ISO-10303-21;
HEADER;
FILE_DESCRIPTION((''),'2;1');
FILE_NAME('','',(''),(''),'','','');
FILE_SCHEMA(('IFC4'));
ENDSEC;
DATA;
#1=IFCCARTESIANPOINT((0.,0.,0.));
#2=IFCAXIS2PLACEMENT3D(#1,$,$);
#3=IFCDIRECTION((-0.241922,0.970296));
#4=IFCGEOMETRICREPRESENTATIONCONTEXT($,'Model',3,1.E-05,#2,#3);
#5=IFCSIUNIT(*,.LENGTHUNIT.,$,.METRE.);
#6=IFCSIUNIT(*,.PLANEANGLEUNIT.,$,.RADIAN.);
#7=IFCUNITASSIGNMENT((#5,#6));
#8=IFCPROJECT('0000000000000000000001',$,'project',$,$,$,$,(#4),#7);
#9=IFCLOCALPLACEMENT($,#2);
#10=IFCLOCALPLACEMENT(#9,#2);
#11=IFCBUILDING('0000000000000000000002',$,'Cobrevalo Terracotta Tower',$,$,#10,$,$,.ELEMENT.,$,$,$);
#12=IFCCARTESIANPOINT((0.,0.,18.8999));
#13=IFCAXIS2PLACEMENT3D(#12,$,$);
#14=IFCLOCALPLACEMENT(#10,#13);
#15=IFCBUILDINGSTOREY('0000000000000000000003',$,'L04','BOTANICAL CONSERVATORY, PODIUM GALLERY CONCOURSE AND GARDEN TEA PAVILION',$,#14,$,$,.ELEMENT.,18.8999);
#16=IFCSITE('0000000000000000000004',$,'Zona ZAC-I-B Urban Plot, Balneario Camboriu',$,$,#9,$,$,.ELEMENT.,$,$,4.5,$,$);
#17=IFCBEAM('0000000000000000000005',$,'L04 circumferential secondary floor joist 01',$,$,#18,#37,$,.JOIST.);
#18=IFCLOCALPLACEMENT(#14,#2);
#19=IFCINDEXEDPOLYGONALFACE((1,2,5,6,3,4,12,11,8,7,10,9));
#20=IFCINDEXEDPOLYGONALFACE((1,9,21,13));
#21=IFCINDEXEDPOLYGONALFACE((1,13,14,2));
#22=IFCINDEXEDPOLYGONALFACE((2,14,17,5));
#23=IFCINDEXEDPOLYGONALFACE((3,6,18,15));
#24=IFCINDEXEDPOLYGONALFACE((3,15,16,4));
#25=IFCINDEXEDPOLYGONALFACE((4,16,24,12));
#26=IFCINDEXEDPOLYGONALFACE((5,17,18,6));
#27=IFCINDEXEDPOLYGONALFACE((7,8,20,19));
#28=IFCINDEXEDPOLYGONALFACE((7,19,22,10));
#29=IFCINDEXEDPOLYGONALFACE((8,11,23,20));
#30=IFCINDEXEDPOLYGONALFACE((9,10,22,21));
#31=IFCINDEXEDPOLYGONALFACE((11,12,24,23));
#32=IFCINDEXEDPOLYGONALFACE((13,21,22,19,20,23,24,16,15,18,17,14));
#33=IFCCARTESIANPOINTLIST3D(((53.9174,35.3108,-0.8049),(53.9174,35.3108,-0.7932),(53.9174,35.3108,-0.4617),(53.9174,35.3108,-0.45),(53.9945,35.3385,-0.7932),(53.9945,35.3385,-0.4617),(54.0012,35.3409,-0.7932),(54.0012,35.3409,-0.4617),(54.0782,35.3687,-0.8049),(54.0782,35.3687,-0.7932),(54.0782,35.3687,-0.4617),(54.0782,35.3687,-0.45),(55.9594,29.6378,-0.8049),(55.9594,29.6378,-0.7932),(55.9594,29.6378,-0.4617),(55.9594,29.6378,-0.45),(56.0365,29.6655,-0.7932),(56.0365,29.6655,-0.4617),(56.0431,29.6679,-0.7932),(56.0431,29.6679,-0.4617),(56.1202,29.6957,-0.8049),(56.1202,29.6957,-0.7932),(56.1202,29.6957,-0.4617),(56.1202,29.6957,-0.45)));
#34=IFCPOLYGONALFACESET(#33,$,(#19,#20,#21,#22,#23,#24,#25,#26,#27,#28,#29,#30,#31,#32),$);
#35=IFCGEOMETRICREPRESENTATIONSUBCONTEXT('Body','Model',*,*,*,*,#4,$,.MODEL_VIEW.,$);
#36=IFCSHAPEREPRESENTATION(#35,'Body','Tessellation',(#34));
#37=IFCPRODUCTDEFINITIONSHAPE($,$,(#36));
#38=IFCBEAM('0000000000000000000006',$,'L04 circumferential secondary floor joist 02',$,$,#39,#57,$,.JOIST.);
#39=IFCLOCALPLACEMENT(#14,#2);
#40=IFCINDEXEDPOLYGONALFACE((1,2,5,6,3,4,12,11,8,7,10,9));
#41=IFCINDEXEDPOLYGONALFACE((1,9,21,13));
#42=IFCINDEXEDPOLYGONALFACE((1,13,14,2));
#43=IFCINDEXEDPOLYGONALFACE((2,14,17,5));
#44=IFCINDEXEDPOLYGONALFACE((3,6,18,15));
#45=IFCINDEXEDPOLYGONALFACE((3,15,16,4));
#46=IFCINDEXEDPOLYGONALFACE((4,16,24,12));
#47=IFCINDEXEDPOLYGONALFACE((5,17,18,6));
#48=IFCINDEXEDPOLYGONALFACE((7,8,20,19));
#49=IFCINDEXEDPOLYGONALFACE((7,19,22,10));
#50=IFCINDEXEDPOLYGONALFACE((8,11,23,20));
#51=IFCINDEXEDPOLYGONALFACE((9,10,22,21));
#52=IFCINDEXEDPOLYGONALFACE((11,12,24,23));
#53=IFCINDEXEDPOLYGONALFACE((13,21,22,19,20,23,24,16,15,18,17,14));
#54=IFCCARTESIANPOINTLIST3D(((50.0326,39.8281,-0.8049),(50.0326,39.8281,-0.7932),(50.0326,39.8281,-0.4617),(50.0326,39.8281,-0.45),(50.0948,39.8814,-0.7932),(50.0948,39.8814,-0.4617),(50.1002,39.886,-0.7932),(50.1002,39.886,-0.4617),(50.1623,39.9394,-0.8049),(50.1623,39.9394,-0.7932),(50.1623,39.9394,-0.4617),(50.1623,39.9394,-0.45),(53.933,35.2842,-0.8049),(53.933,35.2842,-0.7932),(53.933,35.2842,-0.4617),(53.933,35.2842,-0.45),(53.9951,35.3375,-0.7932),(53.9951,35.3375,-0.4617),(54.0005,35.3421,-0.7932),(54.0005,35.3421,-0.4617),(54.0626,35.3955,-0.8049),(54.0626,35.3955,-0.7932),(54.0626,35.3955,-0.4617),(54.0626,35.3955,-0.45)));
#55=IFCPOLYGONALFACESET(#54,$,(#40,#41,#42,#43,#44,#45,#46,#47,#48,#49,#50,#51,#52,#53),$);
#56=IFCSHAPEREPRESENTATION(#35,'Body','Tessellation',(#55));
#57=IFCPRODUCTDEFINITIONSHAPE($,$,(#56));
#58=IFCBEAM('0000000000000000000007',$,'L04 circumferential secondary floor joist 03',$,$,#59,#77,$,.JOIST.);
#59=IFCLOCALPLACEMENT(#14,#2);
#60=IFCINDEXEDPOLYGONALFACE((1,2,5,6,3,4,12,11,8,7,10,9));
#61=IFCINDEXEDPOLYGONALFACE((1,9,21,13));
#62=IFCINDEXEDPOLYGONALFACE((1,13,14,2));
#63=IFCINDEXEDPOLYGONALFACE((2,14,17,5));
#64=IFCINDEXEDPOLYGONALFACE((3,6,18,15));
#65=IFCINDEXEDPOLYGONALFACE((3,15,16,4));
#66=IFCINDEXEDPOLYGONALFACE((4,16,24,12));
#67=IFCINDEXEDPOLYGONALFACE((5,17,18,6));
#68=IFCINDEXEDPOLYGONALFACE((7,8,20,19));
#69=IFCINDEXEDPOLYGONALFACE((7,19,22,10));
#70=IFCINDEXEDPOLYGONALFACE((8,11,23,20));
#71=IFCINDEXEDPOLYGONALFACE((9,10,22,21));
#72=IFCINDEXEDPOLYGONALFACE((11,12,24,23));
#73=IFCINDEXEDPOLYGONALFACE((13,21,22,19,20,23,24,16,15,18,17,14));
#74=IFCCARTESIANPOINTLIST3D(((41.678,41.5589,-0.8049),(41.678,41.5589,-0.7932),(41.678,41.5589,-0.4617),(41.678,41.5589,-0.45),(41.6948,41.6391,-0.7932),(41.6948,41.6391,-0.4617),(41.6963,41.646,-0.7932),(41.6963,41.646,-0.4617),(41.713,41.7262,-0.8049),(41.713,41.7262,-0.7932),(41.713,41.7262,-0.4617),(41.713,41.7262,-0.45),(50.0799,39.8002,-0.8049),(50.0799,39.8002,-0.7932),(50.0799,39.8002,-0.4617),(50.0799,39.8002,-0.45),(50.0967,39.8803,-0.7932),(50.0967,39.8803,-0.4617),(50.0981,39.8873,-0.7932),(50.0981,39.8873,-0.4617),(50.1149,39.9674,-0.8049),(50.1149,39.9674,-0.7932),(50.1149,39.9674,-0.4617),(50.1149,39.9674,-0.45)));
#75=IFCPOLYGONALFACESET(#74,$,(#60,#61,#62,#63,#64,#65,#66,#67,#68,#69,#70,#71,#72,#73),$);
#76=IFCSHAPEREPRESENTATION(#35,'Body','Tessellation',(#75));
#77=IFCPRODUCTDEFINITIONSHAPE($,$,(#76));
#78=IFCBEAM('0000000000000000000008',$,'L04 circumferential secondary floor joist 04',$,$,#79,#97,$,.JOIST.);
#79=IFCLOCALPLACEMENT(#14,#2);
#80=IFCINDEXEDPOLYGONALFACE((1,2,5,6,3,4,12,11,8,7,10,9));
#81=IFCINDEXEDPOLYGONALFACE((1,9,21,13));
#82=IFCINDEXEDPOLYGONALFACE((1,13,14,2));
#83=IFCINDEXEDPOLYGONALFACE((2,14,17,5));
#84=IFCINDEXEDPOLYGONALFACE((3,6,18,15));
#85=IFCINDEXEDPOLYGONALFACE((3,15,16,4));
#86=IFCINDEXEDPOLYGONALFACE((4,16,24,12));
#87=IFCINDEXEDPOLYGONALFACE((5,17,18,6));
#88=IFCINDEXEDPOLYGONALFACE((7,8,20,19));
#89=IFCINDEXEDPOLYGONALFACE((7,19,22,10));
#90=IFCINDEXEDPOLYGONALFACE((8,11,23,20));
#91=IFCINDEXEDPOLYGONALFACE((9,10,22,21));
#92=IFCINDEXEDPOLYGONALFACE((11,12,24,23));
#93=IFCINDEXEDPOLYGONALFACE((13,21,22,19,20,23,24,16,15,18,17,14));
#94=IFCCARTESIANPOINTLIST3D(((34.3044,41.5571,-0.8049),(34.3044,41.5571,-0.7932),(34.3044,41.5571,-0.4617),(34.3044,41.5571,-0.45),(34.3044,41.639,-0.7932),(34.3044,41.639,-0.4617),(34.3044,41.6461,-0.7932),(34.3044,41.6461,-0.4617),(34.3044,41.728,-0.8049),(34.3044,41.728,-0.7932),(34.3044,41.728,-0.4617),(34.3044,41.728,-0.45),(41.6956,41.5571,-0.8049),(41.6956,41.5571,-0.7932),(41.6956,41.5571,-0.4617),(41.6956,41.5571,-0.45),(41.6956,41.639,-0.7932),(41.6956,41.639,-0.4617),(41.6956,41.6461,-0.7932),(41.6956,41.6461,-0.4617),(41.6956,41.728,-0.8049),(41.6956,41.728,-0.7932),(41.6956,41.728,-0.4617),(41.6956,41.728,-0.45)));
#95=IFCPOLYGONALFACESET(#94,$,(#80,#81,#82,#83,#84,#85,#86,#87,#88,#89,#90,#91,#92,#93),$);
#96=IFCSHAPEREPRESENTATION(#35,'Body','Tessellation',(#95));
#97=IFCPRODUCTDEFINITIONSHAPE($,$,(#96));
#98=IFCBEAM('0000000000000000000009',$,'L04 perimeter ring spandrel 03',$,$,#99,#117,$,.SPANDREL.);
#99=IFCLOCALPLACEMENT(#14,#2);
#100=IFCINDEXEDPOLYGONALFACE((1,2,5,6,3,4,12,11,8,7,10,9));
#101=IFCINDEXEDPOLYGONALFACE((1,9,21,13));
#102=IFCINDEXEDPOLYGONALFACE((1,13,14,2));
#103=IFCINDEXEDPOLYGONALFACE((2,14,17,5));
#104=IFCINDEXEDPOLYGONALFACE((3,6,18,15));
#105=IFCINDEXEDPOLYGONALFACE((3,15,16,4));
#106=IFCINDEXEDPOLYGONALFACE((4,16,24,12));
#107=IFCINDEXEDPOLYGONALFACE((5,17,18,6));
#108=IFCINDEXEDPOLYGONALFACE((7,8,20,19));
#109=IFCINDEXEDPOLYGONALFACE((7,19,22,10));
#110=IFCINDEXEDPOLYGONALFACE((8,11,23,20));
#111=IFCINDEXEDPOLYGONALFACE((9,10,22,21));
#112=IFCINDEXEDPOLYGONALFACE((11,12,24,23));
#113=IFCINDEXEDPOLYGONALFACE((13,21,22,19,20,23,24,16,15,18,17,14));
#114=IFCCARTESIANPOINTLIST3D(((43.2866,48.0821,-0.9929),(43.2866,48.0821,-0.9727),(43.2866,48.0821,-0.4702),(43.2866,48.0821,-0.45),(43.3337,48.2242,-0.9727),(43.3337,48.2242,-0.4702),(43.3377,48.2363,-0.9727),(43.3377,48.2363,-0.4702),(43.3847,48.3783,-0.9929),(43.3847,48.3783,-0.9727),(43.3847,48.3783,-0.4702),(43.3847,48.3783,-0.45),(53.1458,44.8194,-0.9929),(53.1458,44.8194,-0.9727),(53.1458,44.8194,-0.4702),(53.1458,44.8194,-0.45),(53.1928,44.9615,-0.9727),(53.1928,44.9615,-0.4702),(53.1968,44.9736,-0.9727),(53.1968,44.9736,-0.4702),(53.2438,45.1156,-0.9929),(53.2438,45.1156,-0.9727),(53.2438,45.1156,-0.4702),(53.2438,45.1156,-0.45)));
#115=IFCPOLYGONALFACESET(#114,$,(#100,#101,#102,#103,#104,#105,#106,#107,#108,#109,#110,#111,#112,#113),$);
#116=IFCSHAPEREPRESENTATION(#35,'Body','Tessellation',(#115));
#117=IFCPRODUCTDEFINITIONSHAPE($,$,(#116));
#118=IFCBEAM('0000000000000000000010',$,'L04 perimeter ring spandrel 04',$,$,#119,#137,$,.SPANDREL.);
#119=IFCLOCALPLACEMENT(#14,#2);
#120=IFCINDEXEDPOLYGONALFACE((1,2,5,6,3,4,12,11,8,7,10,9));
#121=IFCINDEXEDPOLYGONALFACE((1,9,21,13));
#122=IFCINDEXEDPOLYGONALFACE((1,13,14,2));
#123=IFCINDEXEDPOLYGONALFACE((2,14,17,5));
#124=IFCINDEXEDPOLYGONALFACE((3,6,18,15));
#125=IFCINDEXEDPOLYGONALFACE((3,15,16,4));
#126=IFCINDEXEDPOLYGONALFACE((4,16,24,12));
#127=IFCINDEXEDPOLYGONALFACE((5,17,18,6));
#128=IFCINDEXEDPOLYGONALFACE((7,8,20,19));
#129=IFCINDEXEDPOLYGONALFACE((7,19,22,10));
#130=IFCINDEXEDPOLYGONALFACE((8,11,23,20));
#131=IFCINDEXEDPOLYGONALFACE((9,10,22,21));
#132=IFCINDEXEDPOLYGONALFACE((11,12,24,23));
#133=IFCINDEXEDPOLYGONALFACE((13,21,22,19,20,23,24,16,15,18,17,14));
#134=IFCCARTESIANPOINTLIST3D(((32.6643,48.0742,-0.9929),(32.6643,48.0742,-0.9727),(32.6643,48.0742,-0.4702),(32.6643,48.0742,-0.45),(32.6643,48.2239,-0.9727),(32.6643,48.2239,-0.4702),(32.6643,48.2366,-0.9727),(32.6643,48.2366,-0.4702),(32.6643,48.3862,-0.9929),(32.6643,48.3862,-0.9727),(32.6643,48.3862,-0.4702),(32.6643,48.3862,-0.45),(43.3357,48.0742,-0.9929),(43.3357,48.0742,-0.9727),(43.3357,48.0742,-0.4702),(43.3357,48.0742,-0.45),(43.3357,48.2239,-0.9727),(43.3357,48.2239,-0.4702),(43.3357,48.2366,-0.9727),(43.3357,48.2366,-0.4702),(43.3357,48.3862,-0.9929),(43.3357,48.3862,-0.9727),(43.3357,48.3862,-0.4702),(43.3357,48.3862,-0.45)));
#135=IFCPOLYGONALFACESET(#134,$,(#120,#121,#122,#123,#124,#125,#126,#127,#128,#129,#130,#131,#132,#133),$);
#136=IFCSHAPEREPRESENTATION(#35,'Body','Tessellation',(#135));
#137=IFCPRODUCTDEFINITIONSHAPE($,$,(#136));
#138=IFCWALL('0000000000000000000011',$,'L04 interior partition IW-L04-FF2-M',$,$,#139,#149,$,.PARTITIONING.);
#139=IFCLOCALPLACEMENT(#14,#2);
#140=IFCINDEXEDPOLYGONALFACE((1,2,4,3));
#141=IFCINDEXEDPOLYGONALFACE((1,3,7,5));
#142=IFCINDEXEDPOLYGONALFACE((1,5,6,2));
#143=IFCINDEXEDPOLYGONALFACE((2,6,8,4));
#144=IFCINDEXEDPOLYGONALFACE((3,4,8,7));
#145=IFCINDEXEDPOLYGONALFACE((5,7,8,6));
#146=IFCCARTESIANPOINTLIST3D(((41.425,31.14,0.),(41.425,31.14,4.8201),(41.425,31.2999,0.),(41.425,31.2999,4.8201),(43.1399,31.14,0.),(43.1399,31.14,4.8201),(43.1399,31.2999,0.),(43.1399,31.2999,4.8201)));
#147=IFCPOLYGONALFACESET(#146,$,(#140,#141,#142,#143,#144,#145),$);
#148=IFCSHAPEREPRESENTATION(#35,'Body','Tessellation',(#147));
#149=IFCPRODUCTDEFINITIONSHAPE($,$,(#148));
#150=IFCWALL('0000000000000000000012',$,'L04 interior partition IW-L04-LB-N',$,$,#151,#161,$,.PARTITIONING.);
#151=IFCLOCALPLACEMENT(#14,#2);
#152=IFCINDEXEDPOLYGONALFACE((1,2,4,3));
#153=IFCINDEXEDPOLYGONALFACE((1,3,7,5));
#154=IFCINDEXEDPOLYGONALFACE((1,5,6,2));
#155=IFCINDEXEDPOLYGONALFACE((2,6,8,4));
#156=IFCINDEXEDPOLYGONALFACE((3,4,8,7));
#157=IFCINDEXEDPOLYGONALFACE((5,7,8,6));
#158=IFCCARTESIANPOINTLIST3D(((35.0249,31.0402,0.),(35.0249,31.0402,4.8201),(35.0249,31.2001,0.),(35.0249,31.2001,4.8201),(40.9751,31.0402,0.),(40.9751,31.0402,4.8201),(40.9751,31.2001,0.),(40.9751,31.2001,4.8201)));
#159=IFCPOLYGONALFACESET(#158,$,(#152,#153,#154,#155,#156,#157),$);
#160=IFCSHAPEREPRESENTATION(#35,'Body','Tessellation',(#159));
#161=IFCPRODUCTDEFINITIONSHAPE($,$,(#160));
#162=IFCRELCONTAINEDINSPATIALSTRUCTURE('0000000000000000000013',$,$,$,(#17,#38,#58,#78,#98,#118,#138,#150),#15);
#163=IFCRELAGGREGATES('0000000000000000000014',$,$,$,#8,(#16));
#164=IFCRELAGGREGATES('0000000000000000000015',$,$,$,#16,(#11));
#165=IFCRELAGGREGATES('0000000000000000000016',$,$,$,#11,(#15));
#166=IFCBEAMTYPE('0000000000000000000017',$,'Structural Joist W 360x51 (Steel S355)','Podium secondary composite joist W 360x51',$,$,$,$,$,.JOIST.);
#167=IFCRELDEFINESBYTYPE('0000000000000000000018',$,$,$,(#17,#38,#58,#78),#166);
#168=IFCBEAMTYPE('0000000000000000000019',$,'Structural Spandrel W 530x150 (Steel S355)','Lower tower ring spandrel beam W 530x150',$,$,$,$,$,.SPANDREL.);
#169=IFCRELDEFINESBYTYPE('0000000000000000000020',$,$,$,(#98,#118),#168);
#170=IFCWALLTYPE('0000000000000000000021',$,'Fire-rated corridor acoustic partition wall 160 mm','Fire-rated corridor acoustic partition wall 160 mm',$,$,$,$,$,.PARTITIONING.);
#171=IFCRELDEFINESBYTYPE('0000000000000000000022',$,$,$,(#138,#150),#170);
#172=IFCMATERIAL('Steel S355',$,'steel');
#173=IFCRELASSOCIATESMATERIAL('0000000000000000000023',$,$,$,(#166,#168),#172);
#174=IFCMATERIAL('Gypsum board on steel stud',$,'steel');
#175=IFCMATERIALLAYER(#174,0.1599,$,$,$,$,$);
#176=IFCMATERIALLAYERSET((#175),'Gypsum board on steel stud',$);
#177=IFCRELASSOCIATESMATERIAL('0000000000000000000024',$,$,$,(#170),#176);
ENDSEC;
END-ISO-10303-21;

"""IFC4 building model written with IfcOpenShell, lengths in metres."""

from ifc_helpers import new_model, si_unit, direction, frame, frame_2d, origin, origin_2d, place, context, subcontext, project, spatial, rectangle, i_section, extrude, material, layer, layer_set, material_profile, profile_set, type_object, element, save


model = new_model("IFC4")

# Units and contexts
model_context = context("Model", 3, precision=1e-05, world=origin(), true_north=direction((-0.241922, 0.970296)))
body_context = subcontext(model_context, "Body", "Model", "MODEL_VIEW")
ifc_project = project(units=[si_unit("LENGTHUNIT", "METRE"), si_unit("PLANEANGLEUNIT", "RADIAN")], contexts=[model_context])

# Site, building, storey
site_placement = place(None, origin())
site = spatial("IfcSite", under=ifc_project, at=site_placement, Name="Zona ZAC-I-B Urban Plot, Balneario Camboriu", CompositionType="ELEMENT", RefElevation=4.5)
building_placement = place(site_placement, origin())
building = spatial("IfcBuilding", under=site, at=building_placement, Name="Cobrevalo Terracotta Tower", CompositionType="ELEMENT")
storey_placement = place(building_placement, frame((0.0, 0.0, 18.8999)))
storey = spatial("IfcBuildingStorey", under=building, at=storey_placement, Name="L04", Description="BOTANICAL CONSERVATORY, PODIUM GALLERY CONCOURSE AND GARDEN TEA PAVILION", CompositionType="ELEMENT", Elevation=18.8999)

# Shared definitions
ifc_material_1 = material(Name="Steel S355", Category="steel")

# Beams
ifc_material_profile_1 = material_profile(ifc_material_1, i_section(OverallWidth=0.1709, OverallDepth=0.355, WebThickness=0.0071, FlangeThickness=0.0117, at=origin_2d()), Name="W 360x51")
ifc_profile_set_1 = profile_set([ifc_material_profile_1], Name="Steel S355")
beam_type_1 = type_object("IfcBeamType", Name="Structural Joist W 360x51 (Steel S355)", Description="Podium secondary composite joist W 360x51", PredefinedType="JOIST", material=ifc_profile_set_1)
beam_1_placement = place(storey_placement, frame((56.0398, 29.6667, -0.6274), z_axis=(-0.338672, 0.940904, 0.0), x_axis=(-0.940904, -0.338672, 0.0)))
element("IfcBeam", 1, at=beam_1_placement, inside=storey, type_object=beam_type_1, Name="L04 circumferential secondary floor joist 01", PredefinedType="JOIST", context=body_context, shape_type="SweptSolid", body=[
    extrude(i_section(OverallWidth=0.1709, OverallDepth=0.355, WebThickness=0.0071, FlangeThickness=0.0117, at=origin_2d()), origin(), (0.0, 0.0, 1.0), 6.0293),
])
beam_2_placement = place(storey_placement, frame((53.9978, 35.3398, -0.6274), z_axis=(-0.651328, 0.758796, 0.0), x_axis=(-0.758796, -0.651328, 0.0)))
element("IfcBeam", 2, at=beam_2_placement, inside=storey, type_object=beam_type_1, Name="L04 circumferential secondary floor joist 02", PredefinedType="JOIST", context=body_context, shape_type="SweptSolid", body=[
    extrude(i_section(OverallWidth=0.1709, OverallDepth=0.355, WebThickness=0.0071, FlangeThickness=0.0117, at=origin_2d()), origin(), (0.0, 0.0, 1.0), 5.9883),
])
beam_3_placement = place(storey_placement, frame((50.0974, 39.8838, -0.6274), z_axis=(-0.978785, 0.204892, 0.0), x_axis=(-0.204892, -0.978785, 0.0)))
element("IfcBeam", 3, at=beam_3_placement, inside=storey, type_object=beam_type_1, Name="L04 circumferential secondary floor joist 03", PredefinedType="JOIST", context=body_context, shape_type="SweptSolid", body=[
    extrude(i_section(OverallWidth=0.1709, OverallDepth=0.355, WebThickness=0.0071, FlangeThickness=0.0117, at=origin_2d()), origin(), (0.0, 0.0, 1.0), 8.584),
])
beam_4_placement = place(storey_placement, frame((41.6956, 41.6426, -0.6274), z_axis=(-1.0, 0.0, 0.0), x_axis=(0.0, -1.0, 0.0)))
element("IfcBeam", 4, at=beam_4_placement, inside=storey, type_object=beam_type_1, Name="L04 circumferential secondary floor joist 04", PredefinedType="JOIST", context=body_context, shape_type="SweptSolid", body=[
    extrude(i_section(OverallWidth=0.1709, OverallDepth=0.355, WebThickness=0.0071, FlangeThickness=0.0117, at=origin_2d()), origin(), (0.0, 0.0, 1.0), 7.3911),
])
ifc_material_profile_2 = material_profile(ifc_material_1, i_section(OverallWidth=0.312, OverallDepth=0.543, WebThickness=0.0127, FlangeThickness=0.0203, at=origin_2d()), Name="W 530x150")
ifc_profile_set_2 = profile_set([ifc_material_profile_2], Name="Steel S355")
beam_type_2 = type_object("IfcBeamType", Name="Structural Spandrel W 530x150 (Steel S355)", Description="Lower tower ring spandrel beam W 530x150", PredefinedType="SPANDREL", material=ifc_profile_set_2)
beam_5_placement = place(storey_placement, frame((53.1948, 44.9675, -0.7214), z_axis=(-0.949365, 0.314175, 0.0), x_axis=(-0.314175, -0.949365, 0.0)))
element("IfcBeam", 5, at=beam_5_placement, inside=storey, type_object=beam_type_2, Name="L04 perimeter ring spandrel 03", PredefinedType="SPANDREL", context=body_context, shape_type="SweptSolid", body=[
    extrude(i_section(OverallWidth=0.312, OverallDepth=0.543, WebThickness=0.0127, FlangeThickness=0.0203, at=origin_2d()), origin(), (0.0, 0.0, 1.0), 10.385),
])
beam_6_placement = place(storey_placement, frame((43.3357, 48.2302, -0.7214), z_axis=(-1.0, 0.0, 0.0), x_axis=(0.0, -1.0, 0.0)))
element("IfcBeam", 6, at=beam_6_placement, inside=storey, type_object=beam_type_2, Name="L04 perimeter ring spandrel 04", PredefinedType="SPANDREL", context=body_context, shape_type="SweptSolid", body=[
    extrude(i_section(OverallWidth=0.312, OverallDepth=0.543, WebThickness=0.0127, FlangeThickness=0.0203, at=origin_2d()), origin(), (0.0, 0.0, 1.0), 10.6714),
])

# Walls
ifc_material_2 = material(Name="Gypsum board on steel stud", Category="steel")
ifc_layer_1 = layer(ifc_material_2, 0.1599)
ifc_layer_set_1 = layer_set([ifc_layer_1], Name="Gypsum board on steel stud")
wall_type_1 = type_object("IfcWallType", Name="Fire-rated corridor acoustic partition wall 160 mm", Description="Fire-rated corridor acoustic partition wall 160 mm", PredefinedType="PARTITIONING", material=ifc_layer_set_1)
wall_1_placement = place(storey_placement, frame((41.425, 31.22, 0.0), z_axis=(0.0, 0.0, 1.0), x_axis=(1.0, 0.0, 0.0)))
element("IfcWall", 7, at=wall_1_placement, inside=storey, type_object=wall_type_1, Name="L04 interior partition IW-L04-FF2-M", PredefinedType="PARTITIONING", context=body_context, shape_type="SweptSolid", body=[
    extrude(rectangle(XDim=1.7148, YDim=0.1599, at=frame_2d((0.8574, 0.0))), origin(), (0.0, 0.0, 1.0), 4.8201),
])
wall_2_placement = place(storey_placement, frame((35.0249, 31.1201, 0.0), z_axis=(0.0, 0.0, 1.0), x_axis=(1.0, 0.0, 0.0)))
element("IfcWall", 8, at=wall_2_placement, inside=storey, type_object=wall_type_1, Name="L04 interior partition IW-L04-LB-N", PredefinedType="PARTITIONING", context=body_context, shape_type="SweptSolid", body=[
    extrude(rectangle(XDim=5.9502, YDim=0.1599, at=frame_2d((2.9751, 0.0))), origin(), (0.0, 0.0, 1.0), 4.8201),
])

save(model, "model.ifc")
